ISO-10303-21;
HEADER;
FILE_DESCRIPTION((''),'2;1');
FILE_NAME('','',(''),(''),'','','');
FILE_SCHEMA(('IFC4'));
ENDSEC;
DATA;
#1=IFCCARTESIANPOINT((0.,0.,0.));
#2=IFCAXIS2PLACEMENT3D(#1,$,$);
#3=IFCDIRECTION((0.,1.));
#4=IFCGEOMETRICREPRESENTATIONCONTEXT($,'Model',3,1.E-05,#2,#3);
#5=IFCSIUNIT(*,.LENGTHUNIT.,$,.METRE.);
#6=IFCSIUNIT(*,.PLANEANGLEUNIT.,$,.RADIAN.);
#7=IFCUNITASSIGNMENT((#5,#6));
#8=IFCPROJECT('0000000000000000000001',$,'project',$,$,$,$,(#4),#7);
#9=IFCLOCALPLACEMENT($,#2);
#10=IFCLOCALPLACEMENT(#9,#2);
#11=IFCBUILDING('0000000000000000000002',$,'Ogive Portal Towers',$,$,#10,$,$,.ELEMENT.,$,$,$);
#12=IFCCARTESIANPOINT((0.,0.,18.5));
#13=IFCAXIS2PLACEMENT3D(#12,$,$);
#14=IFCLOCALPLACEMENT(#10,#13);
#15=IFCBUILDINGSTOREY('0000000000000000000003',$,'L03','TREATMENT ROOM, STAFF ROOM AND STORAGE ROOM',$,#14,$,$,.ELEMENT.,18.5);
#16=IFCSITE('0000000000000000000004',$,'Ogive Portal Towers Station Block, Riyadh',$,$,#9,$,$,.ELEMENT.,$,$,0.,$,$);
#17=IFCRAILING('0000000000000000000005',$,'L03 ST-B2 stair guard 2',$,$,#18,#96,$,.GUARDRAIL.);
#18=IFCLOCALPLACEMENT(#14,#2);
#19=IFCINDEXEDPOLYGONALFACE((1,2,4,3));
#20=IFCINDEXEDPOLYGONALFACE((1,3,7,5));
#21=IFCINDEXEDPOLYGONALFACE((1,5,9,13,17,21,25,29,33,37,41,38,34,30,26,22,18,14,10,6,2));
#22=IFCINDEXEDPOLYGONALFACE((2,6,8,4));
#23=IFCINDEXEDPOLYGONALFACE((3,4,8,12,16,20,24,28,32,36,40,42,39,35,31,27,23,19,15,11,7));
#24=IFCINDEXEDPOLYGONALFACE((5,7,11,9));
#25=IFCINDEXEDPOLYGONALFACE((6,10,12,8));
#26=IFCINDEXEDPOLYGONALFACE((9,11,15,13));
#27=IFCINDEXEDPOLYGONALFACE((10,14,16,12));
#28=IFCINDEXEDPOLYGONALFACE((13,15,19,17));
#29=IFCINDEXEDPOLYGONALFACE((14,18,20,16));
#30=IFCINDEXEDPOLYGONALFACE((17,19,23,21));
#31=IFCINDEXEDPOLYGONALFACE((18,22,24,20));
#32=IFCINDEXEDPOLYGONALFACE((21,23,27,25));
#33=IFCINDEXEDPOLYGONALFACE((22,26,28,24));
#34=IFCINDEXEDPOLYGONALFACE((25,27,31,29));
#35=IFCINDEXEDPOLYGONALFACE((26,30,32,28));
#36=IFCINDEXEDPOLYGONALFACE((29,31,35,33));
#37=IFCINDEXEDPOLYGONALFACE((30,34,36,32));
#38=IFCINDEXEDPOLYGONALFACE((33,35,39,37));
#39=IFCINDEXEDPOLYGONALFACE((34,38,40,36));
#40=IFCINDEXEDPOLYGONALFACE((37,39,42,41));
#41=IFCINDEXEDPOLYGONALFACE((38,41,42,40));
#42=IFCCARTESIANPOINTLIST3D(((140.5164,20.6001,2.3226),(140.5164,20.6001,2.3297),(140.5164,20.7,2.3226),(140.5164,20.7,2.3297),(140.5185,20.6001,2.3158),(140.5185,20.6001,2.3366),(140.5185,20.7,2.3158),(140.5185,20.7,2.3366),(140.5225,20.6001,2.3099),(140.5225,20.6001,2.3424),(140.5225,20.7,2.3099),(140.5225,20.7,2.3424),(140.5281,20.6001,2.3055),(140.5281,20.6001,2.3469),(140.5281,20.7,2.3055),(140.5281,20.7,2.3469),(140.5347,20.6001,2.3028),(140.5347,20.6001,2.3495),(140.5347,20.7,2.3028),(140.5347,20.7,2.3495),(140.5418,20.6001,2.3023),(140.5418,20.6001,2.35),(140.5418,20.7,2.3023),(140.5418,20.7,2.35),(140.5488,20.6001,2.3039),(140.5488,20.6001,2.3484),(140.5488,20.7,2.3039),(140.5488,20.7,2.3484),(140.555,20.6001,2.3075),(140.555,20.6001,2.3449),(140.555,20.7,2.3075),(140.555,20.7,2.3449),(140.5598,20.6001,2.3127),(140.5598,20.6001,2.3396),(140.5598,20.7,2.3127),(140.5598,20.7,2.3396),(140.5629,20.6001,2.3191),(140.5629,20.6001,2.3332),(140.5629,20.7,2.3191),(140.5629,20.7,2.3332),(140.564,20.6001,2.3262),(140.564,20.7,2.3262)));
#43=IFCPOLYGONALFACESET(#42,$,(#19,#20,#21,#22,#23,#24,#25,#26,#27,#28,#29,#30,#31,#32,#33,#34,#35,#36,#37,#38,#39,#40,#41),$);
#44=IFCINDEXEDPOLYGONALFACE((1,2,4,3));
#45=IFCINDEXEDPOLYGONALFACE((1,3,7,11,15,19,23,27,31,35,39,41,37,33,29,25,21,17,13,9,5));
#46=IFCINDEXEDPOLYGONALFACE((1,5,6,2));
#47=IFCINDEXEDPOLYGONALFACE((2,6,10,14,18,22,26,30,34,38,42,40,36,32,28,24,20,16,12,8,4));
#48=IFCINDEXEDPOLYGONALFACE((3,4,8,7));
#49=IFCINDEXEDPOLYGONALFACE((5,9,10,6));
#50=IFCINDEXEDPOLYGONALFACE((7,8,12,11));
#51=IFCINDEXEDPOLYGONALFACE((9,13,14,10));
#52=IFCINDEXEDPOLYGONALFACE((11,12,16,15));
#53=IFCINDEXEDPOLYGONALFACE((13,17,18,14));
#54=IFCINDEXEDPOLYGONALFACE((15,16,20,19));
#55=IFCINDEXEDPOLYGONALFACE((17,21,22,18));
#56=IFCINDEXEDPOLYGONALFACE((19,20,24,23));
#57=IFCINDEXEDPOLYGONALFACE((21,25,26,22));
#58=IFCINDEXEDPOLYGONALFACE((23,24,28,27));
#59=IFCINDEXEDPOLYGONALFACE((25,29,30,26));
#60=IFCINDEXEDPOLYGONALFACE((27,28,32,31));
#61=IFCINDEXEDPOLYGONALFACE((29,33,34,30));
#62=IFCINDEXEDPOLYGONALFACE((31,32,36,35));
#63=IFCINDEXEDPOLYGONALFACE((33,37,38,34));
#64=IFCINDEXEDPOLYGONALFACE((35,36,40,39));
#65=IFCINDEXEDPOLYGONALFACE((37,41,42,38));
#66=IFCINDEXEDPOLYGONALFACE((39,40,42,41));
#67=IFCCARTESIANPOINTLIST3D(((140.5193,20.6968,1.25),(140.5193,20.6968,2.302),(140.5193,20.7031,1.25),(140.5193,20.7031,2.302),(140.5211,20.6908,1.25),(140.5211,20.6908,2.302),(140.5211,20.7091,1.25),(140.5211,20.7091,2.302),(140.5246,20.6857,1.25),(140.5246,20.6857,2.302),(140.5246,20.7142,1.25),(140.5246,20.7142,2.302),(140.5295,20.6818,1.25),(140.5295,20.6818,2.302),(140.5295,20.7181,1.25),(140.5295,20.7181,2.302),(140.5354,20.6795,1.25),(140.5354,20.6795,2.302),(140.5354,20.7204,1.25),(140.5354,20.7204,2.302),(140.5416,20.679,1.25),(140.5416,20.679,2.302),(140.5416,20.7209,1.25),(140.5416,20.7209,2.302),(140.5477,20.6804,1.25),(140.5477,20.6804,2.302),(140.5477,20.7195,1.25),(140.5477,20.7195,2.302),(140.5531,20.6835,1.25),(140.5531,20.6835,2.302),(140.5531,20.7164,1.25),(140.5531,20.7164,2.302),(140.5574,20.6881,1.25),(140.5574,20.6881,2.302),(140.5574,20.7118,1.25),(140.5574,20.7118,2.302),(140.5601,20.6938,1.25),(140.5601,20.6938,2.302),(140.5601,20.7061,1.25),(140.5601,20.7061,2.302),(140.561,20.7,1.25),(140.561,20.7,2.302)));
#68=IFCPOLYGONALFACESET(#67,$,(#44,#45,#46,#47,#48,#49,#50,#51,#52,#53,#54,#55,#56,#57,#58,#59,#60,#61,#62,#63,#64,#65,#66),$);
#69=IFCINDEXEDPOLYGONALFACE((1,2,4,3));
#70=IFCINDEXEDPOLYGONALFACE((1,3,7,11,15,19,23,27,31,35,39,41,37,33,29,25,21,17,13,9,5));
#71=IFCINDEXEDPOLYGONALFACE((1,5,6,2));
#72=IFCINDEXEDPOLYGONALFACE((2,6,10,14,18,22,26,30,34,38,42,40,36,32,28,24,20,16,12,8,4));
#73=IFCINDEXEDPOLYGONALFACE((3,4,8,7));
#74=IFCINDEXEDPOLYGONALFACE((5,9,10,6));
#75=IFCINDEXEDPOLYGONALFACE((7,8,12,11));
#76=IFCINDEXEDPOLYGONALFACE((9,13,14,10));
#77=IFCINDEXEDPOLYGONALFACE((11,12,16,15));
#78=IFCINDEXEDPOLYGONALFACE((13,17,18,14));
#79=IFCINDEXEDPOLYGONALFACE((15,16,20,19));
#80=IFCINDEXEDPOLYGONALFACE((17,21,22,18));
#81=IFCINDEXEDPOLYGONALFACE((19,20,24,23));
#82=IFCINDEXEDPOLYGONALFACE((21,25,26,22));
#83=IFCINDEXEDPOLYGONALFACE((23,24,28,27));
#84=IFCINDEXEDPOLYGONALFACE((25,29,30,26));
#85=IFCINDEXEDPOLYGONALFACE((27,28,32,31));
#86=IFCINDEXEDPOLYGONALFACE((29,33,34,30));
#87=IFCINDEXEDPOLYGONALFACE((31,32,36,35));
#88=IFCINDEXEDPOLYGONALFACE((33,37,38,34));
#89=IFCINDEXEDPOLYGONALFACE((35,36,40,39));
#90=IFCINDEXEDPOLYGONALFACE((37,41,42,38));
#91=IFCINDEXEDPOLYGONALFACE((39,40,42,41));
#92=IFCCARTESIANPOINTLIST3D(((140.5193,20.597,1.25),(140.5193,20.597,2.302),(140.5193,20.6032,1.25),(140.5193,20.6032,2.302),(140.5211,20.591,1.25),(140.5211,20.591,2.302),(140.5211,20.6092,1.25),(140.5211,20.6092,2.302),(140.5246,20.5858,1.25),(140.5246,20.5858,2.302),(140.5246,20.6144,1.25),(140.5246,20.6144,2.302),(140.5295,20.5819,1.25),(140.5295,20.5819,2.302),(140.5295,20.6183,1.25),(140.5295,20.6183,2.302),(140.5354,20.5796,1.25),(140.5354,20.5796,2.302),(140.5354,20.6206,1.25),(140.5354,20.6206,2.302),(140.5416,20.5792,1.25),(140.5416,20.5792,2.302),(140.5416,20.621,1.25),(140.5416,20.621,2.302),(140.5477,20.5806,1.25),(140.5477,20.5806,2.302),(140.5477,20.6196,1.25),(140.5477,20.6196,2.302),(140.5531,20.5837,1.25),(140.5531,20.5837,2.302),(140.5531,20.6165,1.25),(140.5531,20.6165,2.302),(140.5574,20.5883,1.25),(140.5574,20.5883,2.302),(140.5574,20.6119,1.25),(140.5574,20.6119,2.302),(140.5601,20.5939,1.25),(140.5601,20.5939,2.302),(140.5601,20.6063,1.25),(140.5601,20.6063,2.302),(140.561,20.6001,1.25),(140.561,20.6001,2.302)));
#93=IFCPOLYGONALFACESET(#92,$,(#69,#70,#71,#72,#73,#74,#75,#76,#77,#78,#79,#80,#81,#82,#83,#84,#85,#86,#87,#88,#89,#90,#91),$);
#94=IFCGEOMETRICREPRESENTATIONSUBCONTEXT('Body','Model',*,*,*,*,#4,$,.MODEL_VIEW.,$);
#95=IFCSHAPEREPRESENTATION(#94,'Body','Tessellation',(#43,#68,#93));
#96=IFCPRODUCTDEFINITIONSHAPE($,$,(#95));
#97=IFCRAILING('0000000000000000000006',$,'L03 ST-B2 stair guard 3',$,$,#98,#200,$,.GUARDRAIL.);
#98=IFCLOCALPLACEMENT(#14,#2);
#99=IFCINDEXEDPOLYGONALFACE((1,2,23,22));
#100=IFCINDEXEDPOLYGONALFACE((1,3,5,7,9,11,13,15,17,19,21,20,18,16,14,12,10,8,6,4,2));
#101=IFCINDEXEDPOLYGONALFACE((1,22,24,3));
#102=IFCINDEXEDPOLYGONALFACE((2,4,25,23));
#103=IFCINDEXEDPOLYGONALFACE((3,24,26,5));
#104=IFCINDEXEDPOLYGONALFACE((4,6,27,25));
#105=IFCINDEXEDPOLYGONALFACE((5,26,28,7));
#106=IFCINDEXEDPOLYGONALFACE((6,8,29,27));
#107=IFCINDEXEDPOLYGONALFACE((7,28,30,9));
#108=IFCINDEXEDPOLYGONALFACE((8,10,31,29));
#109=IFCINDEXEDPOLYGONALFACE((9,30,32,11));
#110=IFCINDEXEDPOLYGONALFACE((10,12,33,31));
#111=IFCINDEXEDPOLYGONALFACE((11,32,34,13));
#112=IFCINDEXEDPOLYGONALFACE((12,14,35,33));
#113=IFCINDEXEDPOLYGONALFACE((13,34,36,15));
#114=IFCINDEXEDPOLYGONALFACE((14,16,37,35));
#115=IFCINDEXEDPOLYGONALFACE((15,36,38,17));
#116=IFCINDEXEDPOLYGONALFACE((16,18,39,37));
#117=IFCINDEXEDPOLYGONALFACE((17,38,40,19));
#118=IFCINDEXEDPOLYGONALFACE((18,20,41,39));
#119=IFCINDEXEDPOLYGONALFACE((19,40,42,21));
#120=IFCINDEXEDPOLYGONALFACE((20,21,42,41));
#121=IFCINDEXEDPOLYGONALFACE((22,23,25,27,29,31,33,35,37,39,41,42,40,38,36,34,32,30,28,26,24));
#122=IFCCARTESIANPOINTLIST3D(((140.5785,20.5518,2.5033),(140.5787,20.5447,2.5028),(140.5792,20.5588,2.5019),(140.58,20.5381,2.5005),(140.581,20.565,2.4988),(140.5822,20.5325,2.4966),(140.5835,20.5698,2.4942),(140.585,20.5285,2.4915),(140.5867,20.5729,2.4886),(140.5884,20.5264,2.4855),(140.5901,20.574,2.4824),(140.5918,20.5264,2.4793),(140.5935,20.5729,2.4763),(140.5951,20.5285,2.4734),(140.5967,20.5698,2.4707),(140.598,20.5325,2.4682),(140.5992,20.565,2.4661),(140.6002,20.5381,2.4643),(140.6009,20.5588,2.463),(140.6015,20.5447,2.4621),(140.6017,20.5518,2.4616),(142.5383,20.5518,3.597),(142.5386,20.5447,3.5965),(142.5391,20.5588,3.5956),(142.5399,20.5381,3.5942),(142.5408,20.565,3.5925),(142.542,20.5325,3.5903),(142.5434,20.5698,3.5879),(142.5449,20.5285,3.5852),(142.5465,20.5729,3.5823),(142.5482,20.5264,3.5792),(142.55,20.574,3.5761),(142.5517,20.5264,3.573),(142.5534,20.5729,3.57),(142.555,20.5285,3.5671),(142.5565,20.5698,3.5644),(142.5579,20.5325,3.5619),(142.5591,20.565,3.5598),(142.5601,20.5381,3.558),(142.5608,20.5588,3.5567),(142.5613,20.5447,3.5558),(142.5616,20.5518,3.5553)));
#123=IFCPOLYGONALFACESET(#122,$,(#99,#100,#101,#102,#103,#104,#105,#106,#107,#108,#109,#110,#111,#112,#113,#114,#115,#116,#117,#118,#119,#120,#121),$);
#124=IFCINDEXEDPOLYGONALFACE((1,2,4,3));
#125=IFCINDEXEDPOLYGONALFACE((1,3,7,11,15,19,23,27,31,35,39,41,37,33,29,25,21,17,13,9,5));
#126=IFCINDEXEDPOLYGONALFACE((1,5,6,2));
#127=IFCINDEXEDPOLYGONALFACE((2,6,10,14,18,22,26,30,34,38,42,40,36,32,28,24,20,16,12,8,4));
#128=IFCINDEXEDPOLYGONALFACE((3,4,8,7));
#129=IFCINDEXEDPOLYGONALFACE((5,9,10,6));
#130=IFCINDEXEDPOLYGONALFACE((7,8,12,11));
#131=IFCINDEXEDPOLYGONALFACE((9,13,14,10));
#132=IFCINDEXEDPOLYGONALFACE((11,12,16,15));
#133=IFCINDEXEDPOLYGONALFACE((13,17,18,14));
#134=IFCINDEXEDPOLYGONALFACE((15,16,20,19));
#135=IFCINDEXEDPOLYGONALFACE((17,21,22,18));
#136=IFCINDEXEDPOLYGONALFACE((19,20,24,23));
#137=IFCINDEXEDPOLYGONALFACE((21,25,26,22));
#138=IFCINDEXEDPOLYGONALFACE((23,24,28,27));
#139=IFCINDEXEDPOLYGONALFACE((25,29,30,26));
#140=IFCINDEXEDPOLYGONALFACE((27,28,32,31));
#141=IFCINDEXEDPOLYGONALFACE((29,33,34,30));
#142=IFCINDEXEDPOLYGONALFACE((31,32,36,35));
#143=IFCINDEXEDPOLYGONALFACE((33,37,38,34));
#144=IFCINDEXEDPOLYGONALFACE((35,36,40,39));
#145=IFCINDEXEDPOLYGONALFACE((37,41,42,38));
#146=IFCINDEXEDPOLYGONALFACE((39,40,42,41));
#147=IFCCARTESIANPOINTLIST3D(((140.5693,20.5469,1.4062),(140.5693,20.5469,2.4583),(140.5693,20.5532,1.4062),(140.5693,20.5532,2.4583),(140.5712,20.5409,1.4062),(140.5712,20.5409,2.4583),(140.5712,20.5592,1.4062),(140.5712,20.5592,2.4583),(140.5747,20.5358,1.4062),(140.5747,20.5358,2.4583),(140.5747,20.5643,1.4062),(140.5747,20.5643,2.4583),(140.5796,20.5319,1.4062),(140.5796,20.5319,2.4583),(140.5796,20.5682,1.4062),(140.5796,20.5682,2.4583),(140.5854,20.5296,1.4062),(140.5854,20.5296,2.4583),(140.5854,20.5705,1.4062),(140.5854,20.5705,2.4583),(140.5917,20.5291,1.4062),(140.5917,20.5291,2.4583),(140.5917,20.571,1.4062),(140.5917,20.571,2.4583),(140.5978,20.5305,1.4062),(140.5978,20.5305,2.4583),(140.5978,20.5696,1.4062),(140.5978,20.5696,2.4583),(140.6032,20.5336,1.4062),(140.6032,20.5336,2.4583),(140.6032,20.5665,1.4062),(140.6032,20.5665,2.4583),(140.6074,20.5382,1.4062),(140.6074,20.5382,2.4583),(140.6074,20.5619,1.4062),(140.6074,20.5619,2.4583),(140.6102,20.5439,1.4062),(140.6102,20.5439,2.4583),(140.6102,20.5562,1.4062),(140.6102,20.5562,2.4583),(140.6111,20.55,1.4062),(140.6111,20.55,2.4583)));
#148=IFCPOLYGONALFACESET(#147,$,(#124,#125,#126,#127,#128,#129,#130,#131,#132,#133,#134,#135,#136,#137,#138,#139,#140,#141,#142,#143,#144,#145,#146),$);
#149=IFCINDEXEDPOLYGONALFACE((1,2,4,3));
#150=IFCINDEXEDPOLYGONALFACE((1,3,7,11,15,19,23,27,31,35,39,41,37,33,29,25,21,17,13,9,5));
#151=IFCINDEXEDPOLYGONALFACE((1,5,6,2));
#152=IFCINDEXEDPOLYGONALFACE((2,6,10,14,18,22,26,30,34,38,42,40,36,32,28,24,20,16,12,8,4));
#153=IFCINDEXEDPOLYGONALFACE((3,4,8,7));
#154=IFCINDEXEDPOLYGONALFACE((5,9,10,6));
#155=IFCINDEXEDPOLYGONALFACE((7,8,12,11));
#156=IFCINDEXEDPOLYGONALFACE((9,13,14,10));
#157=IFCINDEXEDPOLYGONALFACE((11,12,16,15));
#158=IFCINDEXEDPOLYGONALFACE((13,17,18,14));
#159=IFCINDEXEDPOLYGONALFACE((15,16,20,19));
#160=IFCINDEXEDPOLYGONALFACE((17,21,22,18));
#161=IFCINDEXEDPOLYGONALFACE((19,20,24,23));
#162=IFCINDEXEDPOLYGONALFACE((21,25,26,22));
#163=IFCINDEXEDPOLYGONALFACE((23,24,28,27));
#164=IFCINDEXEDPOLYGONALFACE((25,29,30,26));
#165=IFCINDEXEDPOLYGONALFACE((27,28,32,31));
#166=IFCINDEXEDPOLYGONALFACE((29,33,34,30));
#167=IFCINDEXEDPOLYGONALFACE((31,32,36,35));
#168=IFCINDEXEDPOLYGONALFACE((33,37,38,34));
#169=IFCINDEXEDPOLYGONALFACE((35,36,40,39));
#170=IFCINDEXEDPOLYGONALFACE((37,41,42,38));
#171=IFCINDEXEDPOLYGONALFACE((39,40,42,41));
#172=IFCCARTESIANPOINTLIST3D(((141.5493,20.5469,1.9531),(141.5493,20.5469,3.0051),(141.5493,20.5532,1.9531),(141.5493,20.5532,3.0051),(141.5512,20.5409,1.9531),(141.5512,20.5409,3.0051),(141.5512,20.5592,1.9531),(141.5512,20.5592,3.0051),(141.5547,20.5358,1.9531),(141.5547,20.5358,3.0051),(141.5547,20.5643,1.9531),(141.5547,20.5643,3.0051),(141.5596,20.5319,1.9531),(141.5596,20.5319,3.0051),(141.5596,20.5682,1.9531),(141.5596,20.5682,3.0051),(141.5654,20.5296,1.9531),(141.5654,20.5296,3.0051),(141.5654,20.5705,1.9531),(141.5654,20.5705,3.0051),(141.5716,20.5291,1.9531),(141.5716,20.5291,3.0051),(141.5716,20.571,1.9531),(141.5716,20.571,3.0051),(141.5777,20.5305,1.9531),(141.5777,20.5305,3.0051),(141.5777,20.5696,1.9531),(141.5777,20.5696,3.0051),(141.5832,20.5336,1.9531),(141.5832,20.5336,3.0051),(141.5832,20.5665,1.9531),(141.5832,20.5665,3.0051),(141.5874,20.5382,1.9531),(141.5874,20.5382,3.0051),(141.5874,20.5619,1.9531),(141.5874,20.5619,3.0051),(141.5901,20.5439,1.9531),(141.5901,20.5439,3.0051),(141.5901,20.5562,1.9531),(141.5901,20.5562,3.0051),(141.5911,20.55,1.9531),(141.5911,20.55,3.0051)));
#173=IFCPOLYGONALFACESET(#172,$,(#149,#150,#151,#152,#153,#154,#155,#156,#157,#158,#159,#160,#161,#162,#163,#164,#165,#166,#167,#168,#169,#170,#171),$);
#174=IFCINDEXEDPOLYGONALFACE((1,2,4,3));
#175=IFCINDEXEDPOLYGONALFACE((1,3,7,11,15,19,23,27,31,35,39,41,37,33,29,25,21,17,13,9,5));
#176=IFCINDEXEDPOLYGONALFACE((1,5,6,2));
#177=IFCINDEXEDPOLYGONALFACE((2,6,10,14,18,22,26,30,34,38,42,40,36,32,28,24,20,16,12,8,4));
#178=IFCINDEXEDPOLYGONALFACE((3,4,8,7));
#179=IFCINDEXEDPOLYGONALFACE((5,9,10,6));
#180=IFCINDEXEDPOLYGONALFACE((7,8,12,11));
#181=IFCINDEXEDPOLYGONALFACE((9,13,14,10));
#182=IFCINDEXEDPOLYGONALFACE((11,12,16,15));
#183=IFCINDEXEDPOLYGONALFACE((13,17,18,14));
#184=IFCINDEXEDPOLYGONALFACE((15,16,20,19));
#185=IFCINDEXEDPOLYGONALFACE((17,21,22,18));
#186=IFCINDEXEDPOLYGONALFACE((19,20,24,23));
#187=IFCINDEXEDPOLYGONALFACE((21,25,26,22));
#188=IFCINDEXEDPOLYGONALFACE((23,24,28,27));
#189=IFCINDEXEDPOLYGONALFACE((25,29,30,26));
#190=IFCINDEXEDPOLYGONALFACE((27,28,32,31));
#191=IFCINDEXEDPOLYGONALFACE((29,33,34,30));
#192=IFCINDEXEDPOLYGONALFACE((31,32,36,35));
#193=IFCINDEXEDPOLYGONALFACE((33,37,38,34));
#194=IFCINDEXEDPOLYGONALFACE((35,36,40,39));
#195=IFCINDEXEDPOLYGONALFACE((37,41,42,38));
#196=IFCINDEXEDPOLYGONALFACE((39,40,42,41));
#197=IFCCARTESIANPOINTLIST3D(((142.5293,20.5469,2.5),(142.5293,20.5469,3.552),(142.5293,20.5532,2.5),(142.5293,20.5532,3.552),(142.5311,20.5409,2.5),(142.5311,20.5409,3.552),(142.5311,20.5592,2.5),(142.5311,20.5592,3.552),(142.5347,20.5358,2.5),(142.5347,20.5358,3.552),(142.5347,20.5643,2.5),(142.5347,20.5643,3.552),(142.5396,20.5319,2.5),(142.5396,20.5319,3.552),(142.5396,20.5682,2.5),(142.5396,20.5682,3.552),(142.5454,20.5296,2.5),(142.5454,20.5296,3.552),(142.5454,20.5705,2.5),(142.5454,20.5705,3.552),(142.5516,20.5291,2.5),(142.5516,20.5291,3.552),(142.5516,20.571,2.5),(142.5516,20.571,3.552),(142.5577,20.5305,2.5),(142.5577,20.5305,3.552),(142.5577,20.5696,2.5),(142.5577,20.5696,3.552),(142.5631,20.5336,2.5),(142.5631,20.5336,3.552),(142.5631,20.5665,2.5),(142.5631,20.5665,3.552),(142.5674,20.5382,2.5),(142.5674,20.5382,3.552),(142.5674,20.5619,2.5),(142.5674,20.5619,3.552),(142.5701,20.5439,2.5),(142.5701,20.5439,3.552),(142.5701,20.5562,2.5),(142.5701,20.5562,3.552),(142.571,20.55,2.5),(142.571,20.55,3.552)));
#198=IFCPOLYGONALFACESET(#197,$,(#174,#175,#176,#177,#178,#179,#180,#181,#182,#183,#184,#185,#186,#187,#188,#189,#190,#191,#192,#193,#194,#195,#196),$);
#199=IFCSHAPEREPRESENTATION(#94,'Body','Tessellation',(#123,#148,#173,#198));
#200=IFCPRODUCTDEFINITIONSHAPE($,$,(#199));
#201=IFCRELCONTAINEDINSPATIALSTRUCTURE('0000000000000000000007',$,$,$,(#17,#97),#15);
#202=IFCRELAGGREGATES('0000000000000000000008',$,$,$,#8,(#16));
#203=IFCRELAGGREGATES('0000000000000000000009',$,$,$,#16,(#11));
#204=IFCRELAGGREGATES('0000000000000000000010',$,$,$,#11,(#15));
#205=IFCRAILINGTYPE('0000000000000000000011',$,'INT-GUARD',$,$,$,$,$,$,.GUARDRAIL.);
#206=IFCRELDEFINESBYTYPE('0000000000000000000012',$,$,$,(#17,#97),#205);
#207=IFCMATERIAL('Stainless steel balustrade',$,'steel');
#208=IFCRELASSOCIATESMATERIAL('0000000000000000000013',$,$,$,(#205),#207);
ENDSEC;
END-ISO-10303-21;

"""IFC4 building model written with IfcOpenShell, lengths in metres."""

from ifc_helpers import new_model, si_unit, direction, frame, origin, origin_2d, place, context, subcontext, project, spatial, circle, extrude, material, type_object, element, save


model = new_model("IFC4")

# Units and contexts
model_context = context("Model", 3, precision=1e-05, world=origin(), true_north=direction((0.0, 1.0)))
body_context = subcontext(model_context, "Body", "Model", "MODEL_VIEW")
ifc_project = project(units=[si_unit("LENGTHUNIT", "METRE"), si_unit("PLANEANGLEUNIT", "RADIAN")], contexts=[model_context])

# Site, building, storey
site_placement = place(None, origin())
site = spatial("IfcSite", under=ifc_project, at=site_placement, Name="Ogive Portal Towers Station Block, Riyadh", CompositionType="ELEMENT", RefElevation=0.0)
building_placement = place(site_placement, origin())
building = spatial("IfcBuilding", under=site, at=building_placement, Name="Ogive Portal Towers", CompositionType="ELEMENT")
storey_placement = place(building_placement, frame((0.0, 0.0, 18.5)))
storey = spatial("IfcBuildingStorey", under=building, at=storey_placement, Name="L03", Description="TREATMENT ROOM, STAFF ROOM AND STORAGE ROOM", CompositionType="ELEMENT", Elevation=18.5)

# Railings
ifc_material_1 = material(Name="Stainless steel balustrade", Category="steel")
railing_type_1 = type_object("IfcRailingType", Name="INT-GUARD", PredefinedType="GUARDRAIL", material=ifc_material_1)
railing_1_placement = place(storey_placement, frame((140.54, 20.7, 1.25)))
element("IfcRailing", 1, at=railing_1_placement, inside=storey, type_object=railing_type_1, Name="L03 ST-B2 stair guard 2", PredefinedType="GUARDRAIL", context=body_context, shape_type="SweptSolid", body=[
    extrude(circle(Radius=0.0239, at=origin_2d()), frame((0.0, 0.0, 1.0762), z_axis=(0.0, -1.0, 0.0), x_axis=(1.0, 0.0, 0.0)), (0.0, 0.0, 1.0), 0.0999),
    extrude(circle(Radius=0.021, at=origin_2d()), origin(), (0.0, 0.0, 1.0), 1.052),
    extrude(circle(Radius=0.021, at=origin_2d()), frame((0.0, -0.0999, 0.0)), (0.0, 0.0, 1.0), 1.052),
])
railing_2_placement = place(storey_placement, frame((140.5901, 20.55, 1.4062)))
element("IfcRailing", 2, at=railing_2_placement, inside=storey, type_object=railing_type_1, Name="L03 ST-B2 stair guard 3", PredefinedType="GUARDRAIL", context=body_context, shape_type="SweptSolid", body=[
    extrude(circle(Radius=0.0239, at=origin_2d()), frame((0.0, 0.0, 1.0762), z_axis=(0.873232, 0.0, 0.487304), x_axis=(0.0, 1.0, 0.0)), (0.0, 0.0, 1.0), 2.2444),
    extrude(circle(Radius=0.021, at=origin_2d()), origin(), (0.0, 0.0, 1.0), 1.052),
    extrude(circle(Radius=0.021, at=origin_2d()), frame((0.98, 0.0, 0.5469)), (0.0, 0.0, 1.0), 1.052),
    extrude(circle(Radius=0.021, at=origin_2d()), frame((1.96, 0.0, 1.0938)), (0.0, 0.0, 1.0), 1.052),
])

save(model, "model.ifc")
